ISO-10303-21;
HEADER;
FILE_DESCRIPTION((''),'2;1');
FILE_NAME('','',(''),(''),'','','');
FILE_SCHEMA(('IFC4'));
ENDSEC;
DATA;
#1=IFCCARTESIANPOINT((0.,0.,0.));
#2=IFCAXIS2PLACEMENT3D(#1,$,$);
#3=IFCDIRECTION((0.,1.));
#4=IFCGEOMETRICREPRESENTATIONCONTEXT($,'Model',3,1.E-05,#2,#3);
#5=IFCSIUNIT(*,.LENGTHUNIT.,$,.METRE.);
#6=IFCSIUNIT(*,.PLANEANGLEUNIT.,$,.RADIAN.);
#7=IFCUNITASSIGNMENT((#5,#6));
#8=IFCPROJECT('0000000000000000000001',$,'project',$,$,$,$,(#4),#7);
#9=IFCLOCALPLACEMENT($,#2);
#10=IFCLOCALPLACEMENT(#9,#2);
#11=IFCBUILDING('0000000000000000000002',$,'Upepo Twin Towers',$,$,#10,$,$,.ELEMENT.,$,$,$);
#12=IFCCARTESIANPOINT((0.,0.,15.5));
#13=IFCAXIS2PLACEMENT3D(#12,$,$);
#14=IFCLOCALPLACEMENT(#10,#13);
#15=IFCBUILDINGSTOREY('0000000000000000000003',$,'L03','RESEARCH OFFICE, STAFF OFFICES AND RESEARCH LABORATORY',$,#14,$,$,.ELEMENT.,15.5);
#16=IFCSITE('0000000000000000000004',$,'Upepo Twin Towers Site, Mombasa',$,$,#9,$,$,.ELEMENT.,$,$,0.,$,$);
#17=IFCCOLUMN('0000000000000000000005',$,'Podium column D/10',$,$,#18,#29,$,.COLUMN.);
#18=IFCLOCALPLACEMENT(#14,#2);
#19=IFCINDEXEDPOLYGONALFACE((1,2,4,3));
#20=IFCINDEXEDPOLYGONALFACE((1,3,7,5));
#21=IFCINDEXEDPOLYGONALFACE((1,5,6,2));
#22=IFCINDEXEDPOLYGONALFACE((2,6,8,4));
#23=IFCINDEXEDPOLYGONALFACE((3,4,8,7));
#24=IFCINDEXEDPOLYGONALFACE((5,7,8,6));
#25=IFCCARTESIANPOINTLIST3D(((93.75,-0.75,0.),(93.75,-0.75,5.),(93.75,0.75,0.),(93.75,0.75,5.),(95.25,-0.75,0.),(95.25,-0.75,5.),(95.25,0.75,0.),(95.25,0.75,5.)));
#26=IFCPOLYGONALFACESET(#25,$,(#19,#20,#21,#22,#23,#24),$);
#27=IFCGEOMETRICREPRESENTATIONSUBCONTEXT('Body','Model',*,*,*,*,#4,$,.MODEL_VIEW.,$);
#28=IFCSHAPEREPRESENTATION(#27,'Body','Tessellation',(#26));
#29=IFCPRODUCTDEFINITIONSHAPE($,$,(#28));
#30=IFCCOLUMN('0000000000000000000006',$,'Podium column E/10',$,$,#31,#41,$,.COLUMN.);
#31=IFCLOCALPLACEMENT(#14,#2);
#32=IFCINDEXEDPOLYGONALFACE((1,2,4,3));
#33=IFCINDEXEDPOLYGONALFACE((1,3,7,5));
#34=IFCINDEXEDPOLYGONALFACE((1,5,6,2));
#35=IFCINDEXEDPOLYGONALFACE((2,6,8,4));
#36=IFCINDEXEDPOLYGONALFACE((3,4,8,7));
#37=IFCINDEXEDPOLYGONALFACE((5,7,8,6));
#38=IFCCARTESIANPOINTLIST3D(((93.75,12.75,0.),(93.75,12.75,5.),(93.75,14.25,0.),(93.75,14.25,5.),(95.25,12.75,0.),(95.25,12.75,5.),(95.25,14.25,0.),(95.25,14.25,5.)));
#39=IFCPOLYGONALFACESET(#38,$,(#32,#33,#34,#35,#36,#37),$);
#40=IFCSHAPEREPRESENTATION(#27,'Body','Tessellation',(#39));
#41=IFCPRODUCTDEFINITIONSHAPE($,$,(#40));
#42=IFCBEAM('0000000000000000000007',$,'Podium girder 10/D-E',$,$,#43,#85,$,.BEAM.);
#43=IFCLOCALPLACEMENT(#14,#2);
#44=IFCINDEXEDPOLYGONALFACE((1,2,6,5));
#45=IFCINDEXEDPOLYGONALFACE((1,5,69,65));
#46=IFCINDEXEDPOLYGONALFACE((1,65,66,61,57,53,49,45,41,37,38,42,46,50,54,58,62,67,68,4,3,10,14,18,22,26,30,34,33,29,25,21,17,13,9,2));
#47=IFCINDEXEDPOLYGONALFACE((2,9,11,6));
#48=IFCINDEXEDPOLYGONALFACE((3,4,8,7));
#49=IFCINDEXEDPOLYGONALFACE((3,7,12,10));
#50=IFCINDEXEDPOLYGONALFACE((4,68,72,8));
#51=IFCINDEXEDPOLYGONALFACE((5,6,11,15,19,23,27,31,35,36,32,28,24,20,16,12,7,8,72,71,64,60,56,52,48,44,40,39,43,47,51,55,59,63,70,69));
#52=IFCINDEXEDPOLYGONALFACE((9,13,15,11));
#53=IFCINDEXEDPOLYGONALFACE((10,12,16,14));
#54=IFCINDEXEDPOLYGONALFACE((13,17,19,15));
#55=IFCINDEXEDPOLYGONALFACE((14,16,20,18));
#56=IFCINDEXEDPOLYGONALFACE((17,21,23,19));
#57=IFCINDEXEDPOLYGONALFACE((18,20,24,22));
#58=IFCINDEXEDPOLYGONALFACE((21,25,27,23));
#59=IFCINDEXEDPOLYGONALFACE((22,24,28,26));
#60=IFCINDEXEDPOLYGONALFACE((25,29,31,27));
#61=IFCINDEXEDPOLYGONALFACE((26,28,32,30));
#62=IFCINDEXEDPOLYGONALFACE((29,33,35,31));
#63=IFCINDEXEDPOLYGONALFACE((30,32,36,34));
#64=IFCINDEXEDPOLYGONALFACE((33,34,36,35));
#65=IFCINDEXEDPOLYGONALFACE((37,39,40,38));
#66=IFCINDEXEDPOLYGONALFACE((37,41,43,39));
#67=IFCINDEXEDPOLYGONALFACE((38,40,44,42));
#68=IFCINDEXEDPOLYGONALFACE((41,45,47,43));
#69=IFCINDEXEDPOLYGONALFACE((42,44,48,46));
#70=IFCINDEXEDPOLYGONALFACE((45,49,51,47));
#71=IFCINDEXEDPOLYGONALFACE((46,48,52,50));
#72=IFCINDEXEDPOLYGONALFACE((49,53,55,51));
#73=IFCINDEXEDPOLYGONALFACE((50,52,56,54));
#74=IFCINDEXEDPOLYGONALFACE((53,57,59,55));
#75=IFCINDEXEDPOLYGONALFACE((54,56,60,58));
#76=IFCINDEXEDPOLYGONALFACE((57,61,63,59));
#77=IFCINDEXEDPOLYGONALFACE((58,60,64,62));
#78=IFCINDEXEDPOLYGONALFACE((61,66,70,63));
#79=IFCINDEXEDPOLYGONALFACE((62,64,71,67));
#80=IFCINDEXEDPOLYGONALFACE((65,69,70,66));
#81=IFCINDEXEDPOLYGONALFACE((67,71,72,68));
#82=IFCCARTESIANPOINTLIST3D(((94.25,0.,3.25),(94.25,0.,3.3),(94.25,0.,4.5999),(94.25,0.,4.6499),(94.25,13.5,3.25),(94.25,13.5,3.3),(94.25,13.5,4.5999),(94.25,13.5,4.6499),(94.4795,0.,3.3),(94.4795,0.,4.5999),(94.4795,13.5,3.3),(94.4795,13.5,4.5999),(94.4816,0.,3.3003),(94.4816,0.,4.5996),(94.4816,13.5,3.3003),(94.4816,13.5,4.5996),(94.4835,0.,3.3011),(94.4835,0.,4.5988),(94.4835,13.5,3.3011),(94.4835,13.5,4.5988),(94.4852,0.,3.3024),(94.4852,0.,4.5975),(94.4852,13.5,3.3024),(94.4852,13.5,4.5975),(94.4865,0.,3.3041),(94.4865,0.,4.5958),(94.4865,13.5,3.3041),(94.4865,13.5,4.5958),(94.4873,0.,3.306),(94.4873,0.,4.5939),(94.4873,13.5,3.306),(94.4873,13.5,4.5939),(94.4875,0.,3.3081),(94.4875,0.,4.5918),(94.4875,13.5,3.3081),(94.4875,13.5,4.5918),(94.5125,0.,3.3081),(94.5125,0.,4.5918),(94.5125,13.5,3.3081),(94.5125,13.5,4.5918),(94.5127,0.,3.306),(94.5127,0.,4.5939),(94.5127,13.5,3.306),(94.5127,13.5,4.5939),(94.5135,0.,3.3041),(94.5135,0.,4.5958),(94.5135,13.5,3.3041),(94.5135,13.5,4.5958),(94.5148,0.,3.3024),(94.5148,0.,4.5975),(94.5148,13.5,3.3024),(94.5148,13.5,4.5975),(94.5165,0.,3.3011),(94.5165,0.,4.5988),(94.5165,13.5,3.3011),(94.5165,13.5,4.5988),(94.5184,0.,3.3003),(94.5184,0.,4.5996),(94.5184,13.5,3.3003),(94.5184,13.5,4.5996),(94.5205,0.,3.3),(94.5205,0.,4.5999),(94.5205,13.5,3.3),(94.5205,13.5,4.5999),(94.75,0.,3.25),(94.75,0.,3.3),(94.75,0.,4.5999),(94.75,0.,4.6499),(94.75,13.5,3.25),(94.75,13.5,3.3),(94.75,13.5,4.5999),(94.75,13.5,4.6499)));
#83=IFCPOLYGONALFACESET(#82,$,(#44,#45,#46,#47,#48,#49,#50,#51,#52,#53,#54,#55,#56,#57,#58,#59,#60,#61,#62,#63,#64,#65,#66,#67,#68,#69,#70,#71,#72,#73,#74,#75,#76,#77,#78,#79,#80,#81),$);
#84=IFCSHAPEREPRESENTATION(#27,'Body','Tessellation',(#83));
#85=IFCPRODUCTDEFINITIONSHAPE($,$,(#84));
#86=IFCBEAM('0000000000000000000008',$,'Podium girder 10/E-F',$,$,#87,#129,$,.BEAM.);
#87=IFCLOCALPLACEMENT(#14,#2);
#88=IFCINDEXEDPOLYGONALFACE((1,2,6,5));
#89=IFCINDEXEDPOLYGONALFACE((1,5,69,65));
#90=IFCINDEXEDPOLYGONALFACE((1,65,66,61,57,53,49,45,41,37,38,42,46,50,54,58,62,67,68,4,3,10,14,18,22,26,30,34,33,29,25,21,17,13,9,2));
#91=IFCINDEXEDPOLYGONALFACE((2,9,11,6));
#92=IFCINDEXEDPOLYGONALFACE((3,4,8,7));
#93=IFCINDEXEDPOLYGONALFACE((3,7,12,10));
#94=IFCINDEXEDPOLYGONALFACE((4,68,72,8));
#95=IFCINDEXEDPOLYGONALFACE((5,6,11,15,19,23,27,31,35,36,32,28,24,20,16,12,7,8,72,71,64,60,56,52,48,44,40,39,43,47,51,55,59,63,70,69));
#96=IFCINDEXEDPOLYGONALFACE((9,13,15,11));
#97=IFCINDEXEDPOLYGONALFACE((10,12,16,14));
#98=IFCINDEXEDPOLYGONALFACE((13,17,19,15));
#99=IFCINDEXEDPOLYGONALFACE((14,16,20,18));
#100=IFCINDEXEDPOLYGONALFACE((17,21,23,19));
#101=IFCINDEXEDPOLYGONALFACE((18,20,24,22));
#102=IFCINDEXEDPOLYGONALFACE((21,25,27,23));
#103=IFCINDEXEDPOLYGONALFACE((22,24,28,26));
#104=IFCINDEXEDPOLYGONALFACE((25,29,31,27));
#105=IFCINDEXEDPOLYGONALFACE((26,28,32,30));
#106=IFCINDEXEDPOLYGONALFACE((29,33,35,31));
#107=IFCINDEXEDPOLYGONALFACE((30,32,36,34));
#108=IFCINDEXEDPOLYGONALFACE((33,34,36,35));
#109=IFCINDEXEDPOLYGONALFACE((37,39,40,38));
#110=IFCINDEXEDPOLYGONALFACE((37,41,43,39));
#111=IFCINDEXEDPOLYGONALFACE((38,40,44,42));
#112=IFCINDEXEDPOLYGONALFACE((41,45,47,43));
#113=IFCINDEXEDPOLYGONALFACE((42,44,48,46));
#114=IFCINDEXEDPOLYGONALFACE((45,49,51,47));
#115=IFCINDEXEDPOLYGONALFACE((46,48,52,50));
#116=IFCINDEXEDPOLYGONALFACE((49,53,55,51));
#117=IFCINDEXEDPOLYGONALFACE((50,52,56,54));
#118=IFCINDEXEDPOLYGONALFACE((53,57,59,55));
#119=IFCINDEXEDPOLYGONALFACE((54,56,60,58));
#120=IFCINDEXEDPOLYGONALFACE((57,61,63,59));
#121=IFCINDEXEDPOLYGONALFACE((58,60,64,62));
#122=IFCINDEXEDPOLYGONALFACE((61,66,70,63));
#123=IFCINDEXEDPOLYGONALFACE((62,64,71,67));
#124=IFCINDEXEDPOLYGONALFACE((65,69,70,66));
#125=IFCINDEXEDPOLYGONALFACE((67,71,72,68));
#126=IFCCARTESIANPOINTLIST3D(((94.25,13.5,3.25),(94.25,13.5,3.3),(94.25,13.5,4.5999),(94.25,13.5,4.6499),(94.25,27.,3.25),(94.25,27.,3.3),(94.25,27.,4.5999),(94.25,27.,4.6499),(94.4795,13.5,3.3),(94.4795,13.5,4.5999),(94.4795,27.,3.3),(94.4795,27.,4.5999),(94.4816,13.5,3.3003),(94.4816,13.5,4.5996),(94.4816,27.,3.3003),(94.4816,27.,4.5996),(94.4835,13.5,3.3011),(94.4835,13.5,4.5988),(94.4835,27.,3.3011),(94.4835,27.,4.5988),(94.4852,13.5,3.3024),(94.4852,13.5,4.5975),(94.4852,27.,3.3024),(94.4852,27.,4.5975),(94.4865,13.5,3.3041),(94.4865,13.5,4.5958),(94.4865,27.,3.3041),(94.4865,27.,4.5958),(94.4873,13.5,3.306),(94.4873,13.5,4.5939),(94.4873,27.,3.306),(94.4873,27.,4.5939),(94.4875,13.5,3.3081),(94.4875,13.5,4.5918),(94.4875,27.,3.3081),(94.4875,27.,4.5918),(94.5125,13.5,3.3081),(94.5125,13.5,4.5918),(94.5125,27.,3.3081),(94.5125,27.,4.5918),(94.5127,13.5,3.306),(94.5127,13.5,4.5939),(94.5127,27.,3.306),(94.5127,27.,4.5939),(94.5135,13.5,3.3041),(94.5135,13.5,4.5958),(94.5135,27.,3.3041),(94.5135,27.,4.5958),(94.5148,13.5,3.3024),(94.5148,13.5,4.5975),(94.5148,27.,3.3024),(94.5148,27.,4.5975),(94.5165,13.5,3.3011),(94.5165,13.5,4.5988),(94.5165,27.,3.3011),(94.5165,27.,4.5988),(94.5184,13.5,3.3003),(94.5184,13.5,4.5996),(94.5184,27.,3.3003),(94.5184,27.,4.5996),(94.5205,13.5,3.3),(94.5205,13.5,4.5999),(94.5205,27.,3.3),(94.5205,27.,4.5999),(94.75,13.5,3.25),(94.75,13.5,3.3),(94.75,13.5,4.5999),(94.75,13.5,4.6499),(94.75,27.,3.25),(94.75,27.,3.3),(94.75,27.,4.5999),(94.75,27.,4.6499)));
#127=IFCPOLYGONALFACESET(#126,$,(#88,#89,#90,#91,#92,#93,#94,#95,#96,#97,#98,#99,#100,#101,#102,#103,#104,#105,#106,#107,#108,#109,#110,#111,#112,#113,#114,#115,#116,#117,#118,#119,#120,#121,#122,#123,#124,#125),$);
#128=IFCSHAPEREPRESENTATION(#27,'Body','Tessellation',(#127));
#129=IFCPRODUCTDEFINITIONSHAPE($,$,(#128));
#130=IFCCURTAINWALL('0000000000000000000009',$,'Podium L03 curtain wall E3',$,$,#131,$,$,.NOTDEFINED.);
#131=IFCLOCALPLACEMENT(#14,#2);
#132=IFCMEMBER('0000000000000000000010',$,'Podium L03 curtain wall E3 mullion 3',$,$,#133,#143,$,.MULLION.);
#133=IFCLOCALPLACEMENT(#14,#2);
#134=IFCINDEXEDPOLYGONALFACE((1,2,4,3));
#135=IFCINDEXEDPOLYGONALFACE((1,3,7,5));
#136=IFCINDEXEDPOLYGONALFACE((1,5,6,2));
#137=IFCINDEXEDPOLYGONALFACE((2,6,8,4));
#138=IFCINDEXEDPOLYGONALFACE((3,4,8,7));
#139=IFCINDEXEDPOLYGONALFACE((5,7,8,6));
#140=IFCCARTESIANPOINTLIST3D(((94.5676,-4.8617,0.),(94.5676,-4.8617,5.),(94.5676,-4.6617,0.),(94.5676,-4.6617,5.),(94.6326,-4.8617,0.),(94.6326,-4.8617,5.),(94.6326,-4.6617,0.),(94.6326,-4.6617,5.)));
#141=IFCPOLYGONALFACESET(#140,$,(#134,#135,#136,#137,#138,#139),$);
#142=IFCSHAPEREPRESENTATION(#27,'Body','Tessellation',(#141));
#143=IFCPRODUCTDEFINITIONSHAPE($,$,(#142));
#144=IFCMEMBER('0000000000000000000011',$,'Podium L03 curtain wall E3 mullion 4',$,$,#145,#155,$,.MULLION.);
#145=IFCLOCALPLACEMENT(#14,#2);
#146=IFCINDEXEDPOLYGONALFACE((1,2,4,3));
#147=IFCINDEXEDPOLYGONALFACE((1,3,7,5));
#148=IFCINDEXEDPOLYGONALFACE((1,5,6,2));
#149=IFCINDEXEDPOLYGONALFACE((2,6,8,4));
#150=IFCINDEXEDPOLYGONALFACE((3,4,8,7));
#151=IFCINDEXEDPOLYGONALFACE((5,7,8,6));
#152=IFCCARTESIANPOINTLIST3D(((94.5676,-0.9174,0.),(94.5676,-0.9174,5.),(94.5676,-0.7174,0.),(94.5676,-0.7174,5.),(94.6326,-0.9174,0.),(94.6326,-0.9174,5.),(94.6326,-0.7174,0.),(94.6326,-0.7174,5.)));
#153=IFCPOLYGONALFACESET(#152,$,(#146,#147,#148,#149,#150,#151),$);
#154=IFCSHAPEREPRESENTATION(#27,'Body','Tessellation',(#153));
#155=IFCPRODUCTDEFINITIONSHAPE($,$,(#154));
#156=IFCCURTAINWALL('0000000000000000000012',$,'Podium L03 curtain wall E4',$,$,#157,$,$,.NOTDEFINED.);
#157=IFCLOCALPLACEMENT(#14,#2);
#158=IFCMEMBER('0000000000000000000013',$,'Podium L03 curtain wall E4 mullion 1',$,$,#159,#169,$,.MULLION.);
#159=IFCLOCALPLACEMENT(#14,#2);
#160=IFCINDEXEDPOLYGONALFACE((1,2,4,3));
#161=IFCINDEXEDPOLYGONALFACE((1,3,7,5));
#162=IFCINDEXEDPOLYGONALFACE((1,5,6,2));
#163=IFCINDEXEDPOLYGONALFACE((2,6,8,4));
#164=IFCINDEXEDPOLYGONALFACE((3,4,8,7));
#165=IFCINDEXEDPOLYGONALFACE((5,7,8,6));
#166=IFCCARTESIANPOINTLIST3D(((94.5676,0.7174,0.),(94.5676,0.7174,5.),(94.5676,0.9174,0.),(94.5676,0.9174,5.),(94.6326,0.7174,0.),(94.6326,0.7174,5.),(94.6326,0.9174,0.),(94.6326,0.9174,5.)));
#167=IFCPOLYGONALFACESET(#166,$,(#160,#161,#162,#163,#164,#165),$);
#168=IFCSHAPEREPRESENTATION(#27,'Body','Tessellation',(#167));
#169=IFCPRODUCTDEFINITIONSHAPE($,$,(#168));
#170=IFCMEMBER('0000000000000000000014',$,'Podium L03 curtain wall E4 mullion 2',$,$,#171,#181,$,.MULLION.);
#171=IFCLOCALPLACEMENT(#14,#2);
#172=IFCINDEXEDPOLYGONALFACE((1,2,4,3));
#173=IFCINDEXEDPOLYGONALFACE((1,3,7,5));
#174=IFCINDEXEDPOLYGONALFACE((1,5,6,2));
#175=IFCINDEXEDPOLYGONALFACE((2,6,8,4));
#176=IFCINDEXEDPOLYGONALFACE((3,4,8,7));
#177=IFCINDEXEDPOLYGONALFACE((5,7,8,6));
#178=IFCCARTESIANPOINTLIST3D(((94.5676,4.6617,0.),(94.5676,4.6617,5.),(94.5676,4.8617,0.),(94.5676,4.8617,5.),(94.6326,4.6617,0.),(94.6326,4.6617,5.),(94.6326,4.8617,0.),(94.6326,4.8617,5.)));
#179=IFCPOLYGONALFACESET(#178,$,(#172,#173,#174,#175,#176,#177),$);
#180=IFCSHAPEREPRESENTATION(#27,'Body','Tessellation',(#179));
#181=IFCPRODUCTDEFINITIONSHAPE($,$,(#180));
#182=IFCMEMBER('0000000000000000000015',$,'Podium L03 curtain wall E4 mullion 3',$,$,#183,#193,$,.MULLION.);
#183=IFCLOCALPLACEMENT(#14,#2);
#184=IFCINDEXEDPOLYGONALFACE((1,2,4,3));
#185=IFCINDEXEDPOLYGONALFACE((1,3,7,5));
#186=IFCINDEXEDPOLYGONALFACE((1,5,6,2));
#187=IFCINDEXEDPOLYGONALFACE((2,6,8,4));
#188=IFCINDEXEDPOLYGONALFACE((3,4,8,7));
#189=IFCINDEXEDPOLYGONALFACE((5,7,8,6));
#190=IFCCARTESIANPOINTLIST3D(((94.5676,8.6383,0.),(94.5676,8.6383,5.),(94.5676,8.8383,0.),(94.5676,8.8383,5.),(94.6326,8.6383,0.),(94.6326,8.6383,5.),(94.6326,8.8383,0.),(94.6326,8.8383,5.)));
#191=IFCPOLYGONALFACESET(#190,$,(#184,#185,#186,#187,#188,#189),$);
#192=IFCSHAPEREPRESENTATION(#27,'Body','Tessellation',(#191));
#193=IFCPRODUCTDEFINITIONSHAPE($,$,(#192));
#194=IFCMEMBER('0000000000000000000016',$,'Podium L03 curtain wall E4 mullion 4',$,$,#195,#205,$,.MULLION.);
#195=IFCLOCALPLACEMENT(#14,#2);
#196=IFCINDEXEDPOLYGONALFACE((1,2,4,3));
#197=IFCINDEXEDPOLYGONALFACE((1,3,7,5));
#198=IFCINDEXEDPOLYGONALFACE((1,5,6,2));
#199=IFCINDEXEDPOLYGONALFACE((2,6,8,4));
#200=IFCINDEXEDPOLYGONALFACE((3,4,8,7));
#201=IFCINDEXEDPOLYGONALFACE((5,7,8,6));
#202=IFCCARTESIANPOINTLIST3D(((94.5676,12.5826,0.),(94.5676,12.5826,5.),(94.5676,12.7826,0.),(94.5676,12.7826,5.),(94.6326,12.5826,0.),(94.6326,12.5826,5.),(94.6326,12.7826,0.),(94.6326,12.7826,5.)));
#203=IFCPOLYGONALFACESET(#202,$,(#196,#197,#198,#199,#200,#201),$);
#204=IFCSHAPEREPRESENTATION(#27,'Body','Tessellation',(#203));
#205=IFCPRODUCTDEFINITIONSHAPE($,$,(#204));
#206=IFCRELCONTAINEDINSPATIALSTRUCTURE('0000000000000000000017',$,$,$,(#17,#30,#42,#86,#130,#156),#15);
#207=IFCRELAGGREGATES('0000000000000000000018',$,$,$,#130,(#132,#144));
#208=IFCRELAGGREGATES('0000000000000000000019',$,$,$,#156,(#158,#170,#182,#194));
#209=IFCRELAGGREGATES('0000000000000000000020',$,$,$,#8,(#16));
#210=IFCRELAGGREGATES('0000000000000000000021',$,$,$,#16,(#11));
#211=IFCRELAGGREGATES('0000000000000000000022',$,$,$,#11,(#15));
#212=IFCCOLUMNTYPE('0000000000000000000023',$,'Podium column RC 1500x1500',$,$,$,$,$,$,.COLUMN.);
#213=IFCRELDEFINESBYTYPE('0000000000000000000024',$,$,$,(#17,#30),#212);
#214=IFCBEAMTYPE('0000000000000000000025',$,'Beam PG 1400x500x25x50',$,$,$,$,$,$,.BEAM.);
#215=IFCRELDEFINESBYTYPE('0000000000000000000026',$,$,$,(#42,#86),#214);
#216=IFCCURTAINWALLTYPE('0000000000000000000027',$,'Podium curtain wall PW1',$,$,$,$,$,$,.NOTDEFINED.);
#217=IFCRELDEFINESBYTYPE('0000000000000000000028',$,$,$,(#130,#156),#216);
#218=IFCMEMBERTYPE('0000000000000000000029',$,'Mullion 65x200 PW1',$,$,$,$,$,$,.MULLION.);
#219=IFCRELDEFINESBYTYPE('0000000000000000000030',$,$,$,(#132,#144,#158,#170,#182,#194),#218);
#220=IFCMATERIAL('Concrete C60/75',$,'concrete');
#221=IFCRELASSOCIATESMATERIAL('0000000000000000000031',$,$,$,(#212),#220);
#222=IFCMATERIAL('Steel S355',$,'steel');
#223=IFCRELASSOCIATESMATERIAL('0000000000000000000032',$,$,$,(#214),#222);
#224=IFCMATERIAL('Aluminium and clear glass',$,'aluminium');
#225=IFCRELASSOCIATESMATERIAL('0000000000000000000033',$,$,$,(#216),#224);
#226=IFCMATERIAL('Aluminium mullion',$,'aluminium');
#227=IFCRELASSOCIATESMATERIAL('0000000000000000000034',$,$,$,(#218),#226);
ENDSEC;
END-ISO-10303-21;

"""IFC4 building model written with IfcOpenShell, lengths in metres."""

from ifc_helpers import new_model, si_unit, direction, frame, origin, origin_2d, place, context, subcontext, project, spatial, rectangle, i_section, extrude, material, material_profile, profile_set, type_object, element, aggregate, save


model = new_model("IFC4")

# Units and contexts
model_context = context("Model", 3, precision=1e-05, world=origin(), true_north=direction((0.0, 1.0)))
body_context = subcontext(model_context, "Body", "Model", "MODEL_VIEW")
ifc_project = project(units=[si_unit("LENGTHUNIT", "METRE"), si_unit("PLANEANGLEUNIT", "RADIAN")], contexts=[model_context])

# Site, building, storey
site_placement = place(None, origin())
site = spatial("IfcSite", under=ifc_project, at=site_placement, Name="Upepo Twin Towers Site, Mombasa", CompositionType="ELEMENT", RefElevation=0.0)
building_placement = place(site_placement, origin())
building = spatial("IfcBuilding", under=site, at=building_placement, Name="Upepo Twin Towers", CompositionType="ELEMENT")
storey_placement = place(building_placement, frame((0.0, 0.0, 15.5)))
storey = spatial("IfcBuildingStorey", under=building, at=storey_placement, Name="L03", Description="RESEARCH OFFICE, STAFF OFFICES AND RESEARCH LABORATORY", CompositionType="ELEMENT", Elevation=15.5)

# Columns
ifc_material_1 = material(Name="Concrete C60/75", Category="concrete")
ifc_material_profile_1 = material_profile(ifc_material_1, rectangle(XDim=1.5, YDim=1.5, at=origin_2d()), Name="RC 1500x1500")
ifc_profile_set_1 = profile_set([ifc_material_profile_1], Name="Concrete C60/75")
column_type = type_object("IfcColumnType", Name="Podium column RC 1500x1500", PredefinedType="COLUMN", material=ifc_profile_set_1)
for number, where, z_axis, x_axis, name in (
    (1, (94.5, 0.0, 0.0), (0.0, 0.0, 1.0), (1.0, 0.0, 0.0), "Podium column D/10"),
    (2, (94.5, 13.5, 0.0), (0.0, 0.0, 1.0), (1.0, 0.0, 0.0), "Podium column E/10"),
):
    element("IfcColumn", number, at=place(storey_placement, frame(where, z_axis=z_axis, x_axis=x_axis)), inside=storey, type_object=column_type, Name=name, PredefinedType="COLUMN", context=body_context, shape_type="SweptSolid", body=[
        extrude(rectangle(XDim=1.5, YDim=1.5, at=origin_2d()), origin(), (0.0, 0.0, 1.0), 5.0),
    ])

# Beams
ifc_material_2 = material(Name="Steel S355", Category="steel")
ifc_material_profile_2 = material_profile(ifc_material_2, i_section(OverallWidth=0.5, OverallDepth=1.3999, WebThickness=0.0249, FlangeThickness=0.05, FilletRadius=0.0081, at=origin_2d()), Name="PG 1400x500x25x50")
ifc_profile_set_2 = profile_set([ifc_material_profile_2], Name="Steel S355")
beam_type_1 = type_object("IfcBeamType", Name="Beam PG 1400x500x25x50", PredefinedType="BEAM", material=ifc_profile_set_2)
for number, where, z_axis, x_axis, name in (
    (3, (94.5, 0.0, 3.95), (0.0, 1.0, 0.0), (-1.0, 0.0, 0.0), "Podium girder 10/D-E"),
    (4, (94.5, 13.5, 3.95), (0.0, 1.0, 0.0), (-1.0, 0.0, 0.0), "Podium girder 10/E-F"),
):
    element("IfcBeam", number, at=place(storey_placement, frame(where, z_axis=z_axis, x_axis=x_axis)), inside=storey, type_object=beam_type_1, Name=name, PredefinedType="BEAM", context=body_context, shape_type="SweptSolid", body=[
        extrude(i_section(OverallWidth=0.5, OverallDepth=1.3999, WebThickness=0.0249, FlangeThickness=0.05, FilletRadius=0.0081, at=origin_2d()), origin(), (0.0, 0.0, 1.0), 13.5),
    ])

# Curtain walls, members
ifc_material_3 = material(Name="Aluminium and clear glass", Category="aluminium")
curtain_wall_type = type_object("IfcCurtainWallType", Name="Podium curtain wall PW1", PredefinedType="NOTDEFINED", material=ifc_material_3)
curtain_wall_1_placement = place(storey_placement, origin())
curtain_wall_1 = element("IfcCurtainWall", 5, at=curtain_wall_1_placement, inside=storey, type_object=curtain_wall_type, Name="Podium L03 curtain wall E3", PredefinedType="NOTDEFINED")
ifc_material_4 = material(Name="Aluminium mullion", Category="aluminium")
ifc_material_profile_3 = material_profile(ifc_material_4, rectangle(XDim=0.0649, YDim=0.2, at=origin_2d()), Name="MULLION 65x200 PODIUM")
ifc_profile_set_3 = profile_set([ifc_material_profile_3], Name="Aluminium mullion")
member_type_1 = type_object("IfcMemberType", Name="Mullion 65x200 PW1", PredefinedType="MULLION", material=ifc_profile_set_3)
member_1_placement = place(storey_placement, frame((94.6001, -4.7617, 0.0), z_axis=(0.0, 0.0, 1.0), x_axis=(-1.0, 0.0, 0.0)))
member_1 = element("IfcMember", 6, at=member_1_placement, type_object=member_type_1, Name="Podium L03 curtain wall E3 mullion 3", PredefinedType="MULLION", context=body_context, shape_type="SweptSolid", body=[
    extrude(rectangle(XDim=0.0649, YDim=0.2, at=origin_2d()), origin(), (0.0, 0.0, 1.0), 5.0),
])
member_2_placement = place(storey_placement, frame((94.6001, -0.8174, 0.0), z_axis=(0.0, 0.0, 1.0), x_axis=(-1.0, 0.0, 0.0)))
member_2 = element("IfcMember", 7, at=member_2_placement, type_object=member_type_1, Name="Podium L03 curtain wall E3 mullion 4", PredefinedType="MULLION", context=body_context, shape_type="SweptSolid", body=[
    extrude(rectangle(XDim=0.0649, YDim=0.2, at=origin_2d()), origin(), (0.0, 0.0, 1.0), 5.0),
])
curtain_wall_2_placement = place(storey_placement, origin())
curtain_wall_2 = element("IfcCurtainWall", 8, at=curtain_wall_2_placement, inside=storey, type_object=curtain_wall_type, Name="Podium L03 curtain wall E4", PredefinedType="NOTDEFINED")
member_3_placement = place(storey_placement, frame((94.6001, 0.8174, 0.0), z_axis=(0.0, 0.0, 1.0), x_axis=(-1.0, 0.0, 0.0)))
member_3 = element("IfcMember", 9, at=member_3_placement, type_object=member_type_1, Name="Podium L03 curtain wall E4 mullion 1", PredefinedType="MULLION", context=body_context, shape_type="SweptSolid", body=[
    extrude(rectangle(XDim=0.0649, YDim=0.2, at=origin_2d()), origin(), (0.0, 0.0, 1.0), 5.0),
])
member_4_placement = place(storey_placement, frame((94.6001, 4.7617, 0.0), z_axis=(0.0, 0.0, 1.0), x_axis=(-1.0, 0.0, 0.0)))
member_4 = element("IfcMember", 10, at=member_4_placement, type_object=member_type_1, Name="Podium L03 curtain wall E4 mullion 2", PredefinedType="MULLION", context=body_context, shape_type="SweptSolid", body=[
    extrude(rectangle(XDim=0.0649, YDim=0.2, at=origin_2d()), origin(), (0.0, 0.0, 1.0), 5.0),
])
member_5_placement = place(storey_placement, frame((94.6001, 8.7383, 0.0), z_axis=(0.0, 0.0, 1.0), x_axis=(-1.0, 0.0, 0.0)))
member_5 = element("IfcMember", 11, at=member_5_placement, type_object=member_type_1, Name="Podium L03 curtain wall E4 mullion 3", PredefinedType="MULLION", context=body_context, shape_type="SweptSolid", body=[
    extrude(rectangle(XDim=0.0649, YDim=0.2, at=origin_2d()), origin(), (0.0, 0.0, 1.0), 5.0),
])
member_6_placement = place(storey_placement, frame((94.6001, 12.6826, 0.0), z_axis=(0.0, 0.0, 1.0), x_axis=(-1.0, 0.0, 0.0)))
member_6 = element("IfcMember", 12, at=member_6_placement, type_object=member_type_1, Name="Podium L03 curtain wall E4 mullion 4", PredefinedType="MULLION", context=body_context, shape_type="SweptSolid", body=[
    extrude(rectangle(XDim=0.0649, YDim=0.2, at=origin_2d()), origin(), (0.0, 0.0, 1.0), 5.0),
])

aggregate(curtain_wall_1, [member_1, member_2])
aggregate(curtain_wall_2, [member_3, member_4, member_5, member_6])

save(model, "model.ifc")
